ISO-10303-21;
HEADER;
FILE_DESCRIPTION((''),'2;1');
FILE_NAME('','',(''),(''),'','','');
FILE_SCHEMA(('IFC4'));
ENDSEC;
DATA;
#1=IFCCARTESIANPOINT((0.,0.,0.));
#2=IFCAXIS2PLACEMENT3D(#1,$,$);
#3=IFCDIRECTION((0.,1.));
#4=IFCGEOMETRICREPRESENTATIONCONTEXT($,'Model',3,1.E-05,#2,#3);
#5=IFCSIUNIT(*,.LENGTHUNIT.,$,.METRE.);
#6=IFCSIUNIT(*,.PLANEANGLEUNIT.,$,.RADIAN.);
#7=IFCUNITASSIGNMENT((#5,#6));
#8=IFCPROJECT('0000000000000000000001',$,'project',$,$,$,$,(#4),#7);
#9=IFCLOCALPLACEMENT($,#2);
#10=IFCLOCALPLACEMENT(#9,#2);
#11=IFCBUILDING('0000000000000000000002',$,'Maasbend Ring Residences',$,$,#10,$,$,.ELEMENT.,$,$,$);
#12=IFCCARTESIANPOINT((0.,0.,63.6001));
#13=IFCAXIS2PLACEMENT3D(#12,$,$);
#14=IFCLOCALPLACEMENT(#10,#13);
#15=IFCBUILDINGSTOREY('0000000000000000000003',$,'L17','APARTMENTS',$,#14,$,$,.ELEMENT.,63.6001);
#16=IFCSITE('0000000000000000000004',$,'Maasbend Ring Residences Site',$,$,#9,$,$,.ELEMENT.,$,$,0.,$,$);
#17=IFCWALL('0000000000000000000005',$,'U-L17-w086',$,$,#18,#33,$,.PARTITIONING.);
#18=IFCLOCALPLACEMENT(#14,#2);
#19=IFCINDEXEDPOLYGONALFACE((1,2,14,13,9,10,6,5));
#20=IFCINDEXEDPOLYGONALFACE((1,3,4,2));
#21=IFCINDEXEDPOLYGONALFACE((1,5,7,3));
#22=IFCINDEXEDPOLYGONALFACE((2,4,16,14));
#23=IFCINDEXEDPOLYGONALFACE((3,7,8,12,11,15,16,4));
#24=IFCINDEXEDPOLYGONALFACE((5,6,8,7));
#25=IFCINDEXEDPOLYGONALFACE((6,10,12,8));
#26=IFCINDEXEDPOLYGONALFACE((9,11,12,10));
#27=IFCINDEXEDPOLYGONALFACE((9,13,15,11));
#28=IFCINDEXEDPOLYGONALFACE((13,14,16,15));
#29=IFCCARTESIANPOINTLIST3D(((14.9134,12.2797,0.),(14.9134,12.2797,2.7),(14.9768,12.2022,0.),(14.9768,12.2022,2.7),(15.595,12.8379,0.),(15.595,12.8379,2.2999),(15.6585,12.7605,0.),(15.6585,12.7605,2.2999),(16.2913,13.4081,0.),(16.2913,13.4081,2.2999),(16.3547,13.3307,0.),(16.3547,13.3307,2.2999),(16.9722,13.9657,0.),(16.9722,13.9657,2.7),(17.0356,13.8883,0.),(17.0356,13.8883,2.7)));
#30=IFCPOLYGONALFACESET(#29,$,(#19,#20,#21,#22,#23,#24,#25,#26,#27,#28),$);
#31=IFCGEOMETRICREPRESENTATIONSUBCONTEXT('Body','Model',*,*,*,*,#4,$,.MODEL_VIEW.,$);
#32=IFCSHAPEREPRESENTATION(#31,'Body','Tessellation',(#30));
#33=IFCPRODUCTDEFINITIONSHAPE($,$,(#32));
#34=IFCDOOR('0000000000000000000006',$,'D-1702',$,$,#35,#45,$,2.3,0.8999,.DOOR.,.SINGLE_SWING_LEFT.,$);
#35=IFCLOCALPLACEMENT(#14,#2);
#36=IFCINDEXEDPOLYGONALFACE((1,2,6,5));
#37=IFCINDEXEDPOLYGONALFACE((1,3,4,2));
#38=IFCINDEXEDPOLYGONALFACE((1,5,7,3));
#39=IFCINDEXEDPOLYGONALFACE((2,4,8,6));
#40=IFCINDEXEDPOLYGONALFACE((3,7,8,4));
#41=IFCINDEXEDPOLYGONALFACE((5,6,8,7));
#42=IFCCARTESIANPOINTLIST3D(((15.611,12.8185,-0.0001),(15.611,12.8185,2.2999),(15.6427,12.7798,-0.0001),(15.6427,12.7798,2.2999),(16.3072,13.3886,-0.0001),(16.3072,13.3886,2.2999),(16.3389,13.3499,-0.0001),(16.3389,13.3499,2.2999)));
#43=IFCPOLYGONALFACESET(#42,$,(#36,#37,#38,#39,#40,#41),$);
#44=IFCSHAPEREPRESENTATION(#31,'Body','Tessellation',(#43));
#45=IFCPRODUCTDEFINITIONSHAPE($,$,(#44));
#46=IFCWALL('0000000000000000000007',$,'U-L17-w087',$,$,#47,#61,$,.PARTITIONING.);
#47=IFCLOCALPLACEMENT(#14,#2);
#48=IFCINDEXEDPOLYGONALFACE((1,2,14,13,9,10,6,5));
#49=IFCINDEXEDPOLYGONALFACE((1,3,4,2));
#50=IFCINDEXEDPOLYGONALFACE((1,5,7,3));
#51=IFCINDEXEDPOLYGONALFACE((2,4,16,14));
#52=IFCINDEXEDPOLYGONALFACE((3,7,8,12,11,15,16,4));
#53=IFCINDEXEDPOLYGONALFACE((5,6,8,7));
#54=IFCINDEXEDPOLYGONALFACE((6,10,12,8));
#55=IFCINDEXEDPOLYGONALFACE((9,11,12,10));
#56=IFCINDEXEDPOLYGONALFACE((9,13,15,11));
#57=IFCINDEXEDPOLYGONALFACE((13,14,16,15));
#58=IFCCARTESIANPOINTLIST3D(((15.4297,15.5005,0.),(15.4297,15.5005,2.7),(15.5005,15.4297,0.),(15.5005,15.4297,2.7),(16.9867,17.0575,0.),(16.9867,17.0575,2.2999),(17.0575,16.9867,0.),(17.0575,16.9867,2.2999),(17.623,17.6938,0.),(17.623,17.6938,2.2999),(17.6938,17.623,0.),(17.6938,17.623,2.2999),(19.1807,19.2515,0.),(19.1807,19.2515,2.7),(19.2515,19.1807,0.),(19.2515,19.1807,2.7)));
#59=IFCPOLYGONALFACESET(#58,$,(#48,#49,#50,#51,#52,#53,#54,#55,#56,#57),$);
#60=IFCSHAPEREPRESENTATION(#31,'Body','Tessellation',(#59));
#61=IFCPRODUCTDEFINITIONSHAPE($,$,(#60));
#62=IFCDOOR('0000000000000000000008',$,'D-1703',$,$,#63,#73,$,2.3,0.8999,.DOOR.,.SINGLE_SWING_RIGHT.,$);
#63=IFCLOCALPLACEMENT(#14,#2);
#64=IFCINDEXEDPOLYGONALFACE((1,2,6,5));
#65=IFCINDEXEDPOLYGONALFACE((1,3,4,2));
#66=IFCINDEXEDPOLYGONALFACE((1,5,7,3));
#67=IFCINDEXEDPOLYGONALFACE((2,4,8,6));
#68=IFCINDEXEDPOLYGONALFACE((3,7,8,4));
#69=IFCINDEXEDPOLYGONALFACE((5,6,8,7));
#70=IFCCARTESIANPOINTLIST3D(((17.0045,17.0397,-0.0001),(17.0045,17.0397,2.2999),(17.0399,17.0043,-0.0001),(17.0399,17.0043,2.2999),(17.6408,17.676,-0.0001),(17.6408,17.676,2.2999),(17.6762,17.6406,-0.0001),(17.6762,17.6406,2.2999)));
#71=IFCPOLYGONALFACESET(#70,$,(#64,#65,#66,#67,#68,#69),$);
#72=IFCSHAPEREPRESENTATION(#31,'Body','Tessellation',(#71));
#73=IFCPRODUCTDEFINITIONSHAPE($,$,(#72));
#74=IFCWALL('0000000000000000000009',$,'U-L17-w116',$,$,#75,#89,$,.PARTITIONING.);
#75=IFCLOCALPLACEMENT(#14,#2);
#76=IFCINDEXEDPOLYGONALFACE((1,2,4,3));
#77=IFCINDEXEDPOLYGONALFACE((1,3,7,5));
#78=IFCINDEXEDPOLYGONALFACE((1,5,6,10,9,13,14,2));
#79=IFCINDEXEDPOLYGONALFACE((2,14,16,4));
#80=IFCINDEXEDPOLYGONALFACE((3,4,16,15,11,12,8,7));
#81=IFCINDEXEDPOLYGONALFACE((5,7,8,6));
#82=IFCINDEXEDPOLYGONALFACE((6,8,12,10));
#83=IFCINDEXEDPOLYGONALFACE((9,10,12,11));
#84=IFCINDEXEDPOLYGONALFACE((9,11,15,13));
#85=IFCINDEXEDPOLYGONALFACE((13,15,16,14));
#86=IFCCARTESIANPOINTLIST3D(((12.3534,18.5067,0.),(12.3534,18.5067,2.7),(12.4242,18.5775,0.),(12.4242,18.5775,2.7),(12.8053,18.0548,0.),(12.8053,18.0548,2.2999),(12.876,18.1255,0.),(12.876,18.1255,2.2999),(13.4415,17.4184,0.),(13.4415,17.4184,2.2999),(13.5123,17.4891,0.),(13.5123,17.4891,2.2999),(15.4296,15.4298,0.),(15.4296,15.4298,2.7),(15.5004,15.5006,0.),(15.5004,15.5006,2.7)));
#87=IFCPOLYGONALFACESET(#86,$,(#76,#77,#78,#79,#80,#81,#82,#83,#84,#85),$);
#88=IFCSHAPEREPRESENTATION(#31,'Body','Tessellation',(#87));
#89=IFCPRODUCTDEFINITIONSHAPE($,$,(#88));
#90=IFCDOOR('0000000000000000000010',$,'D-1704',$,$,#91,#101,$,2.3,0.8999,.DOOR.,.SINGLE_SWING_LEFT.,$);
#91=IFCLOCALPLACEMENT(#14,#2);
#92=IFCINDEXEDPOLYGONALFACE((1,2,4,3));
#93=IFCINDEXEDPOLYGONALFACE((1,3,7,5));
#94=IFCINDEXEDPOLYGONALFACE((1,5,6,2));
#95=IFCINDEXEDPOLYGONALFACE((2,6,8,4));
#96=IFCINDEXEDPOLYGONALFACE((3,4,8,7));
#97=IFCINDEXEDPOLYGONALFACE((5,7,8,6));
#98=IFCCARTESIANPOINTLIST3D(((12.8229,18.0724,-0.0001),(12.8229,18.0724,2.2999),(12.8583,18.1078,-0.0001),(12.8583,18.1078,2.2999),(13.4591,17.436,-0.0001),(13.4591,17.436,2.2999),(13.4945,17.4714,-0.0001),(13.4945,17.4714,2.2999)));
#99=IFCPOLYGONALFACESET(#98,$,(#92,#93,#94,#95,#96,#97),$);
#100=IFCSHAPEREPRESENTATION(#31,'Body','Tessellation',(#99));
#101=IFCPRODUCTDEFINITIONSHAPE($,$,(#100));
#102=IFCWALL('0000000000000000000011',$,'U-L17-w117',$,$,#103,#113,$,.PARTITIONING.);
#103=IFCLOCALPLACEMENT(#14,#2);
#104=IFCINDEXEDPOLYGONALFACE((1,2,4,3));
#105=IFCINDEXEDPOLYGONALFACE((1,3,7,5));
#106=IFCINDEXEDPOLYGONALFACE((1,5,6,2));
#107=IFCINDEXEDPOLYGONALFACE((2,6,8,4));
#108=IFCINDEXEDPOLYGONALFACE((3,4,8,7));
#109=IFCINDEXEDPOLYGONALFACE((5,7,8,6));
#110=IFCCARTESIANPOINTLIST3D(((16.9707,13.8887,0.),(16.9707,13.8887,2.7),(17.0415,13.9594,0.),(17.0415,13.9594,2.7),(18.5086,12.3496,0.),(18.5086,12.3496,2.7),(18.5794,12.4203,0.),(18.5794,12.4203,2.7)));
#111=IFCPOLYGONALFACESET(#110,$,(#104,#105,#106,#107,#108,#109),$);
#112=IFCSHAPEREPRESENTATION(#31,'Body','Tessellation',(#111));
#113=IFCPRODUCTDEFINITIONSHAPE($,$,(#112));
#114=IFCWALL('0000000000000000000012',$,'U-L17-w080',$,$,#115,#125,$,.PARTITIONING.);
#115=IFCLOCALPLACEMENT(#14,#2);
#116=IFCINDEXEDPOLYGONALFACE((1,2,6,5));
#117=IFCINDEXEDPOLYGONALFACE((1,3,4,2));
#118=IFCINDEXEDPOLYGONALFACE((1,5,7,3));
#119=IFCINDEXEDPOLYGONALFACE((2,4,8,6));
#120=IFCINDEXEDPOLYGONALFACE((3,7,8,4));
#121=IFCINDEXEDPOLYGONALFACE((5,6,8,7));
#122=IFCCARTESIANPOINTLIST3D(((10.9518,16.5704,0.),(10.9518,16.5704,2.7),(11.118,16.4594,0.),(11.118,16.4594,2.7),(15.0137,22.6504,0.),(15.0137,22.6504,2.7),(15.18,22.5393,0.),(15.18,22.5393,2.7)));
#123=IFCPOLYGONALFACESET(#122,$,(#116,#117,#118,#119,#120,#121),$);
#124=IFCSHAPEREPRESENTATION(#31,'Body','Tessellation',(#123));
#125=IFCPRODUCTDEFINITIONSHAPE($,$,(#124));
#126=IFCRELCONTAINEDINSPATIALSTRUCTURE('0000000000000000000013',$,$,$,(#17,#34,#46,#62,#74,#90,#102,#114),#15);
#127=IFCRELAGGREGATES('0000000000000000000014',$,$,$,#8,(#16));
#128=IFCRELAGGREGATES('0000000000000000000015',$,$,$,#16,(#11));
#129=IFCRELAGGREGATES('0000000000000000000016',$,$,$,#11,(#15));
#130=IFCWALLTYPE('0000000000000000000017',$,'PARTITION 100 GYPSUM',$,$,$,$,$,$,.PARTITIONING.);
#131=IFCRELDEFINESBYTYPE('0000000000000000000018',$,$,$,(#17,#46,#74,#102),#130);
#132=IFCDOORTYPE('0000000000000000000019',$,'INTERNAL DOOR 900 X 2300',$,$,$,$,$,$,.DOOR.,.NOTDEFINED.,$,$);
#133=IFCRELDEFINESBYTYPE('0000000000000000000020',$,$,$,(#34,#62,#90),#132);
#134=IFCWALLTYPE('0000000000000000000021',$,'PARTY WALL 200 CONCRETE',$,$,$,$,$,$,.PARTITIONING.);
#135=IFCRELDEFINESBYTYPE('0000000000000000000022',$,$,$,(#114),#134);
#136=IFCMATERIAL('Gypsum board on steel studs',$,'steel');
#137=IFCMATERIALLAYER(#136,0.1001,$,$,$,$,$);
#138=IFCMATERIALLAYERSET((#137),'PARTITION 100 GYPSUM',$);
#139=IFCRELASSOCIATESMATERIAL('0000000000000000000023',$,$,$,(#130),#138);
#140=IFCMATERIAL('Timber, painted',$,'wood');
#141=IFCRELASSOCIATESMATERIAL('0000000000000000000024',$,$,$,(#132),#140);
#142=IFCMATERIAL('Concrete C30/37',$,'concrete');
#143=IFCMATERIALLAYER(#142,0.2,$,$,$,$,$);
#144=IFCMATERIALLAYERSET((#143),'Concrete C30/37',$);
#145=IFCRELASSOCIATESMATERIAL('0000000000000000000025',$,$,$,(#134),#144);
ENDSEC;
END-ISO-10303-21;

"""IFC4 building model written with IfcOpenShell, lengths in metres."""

from ifc_helpers import new_model, si_unit, direction, frame, frame_2d, origin, place, context, subcontext, project, spatial, rectangle, extrude, material, layer, layer_set, type_object, element, fill, save


model = new_model("IFC4")

# Units and contexts
model_context = context("Model", 3, precision=1e-05, world=origin(), true_north=direction((0.0, 1.0)))
body_context = subcontext(model_context, "Body", "Model", "MODEL_VIEW")
ifc_project = project(units=[si_unit("LENGTHUNIT", "METRE"), si_unit("PLANEANGLEUNIT", "RADIAN")], contexts=[model_context])

# Site, building, storey
site_placement = place(None, origin())
site = spatial("IfcSite", under=ifc_project, at=site_placement, Name="Maasbend Ring Residences Site", CompositionType="ELEMENT", RefElevation=0.0)
building_placement = place(site_placement, origin())
building = spatial("IfcBuilding", under=site, at=building_placement, Name="Maasbend Ring Residences", CompositionType="ELEMENT")
storey_placement = place(building_placement, frame((0.0, 0.0, 63.6001)))
storey = spatial("IfcBuildingStorey", under=building, at=storey_placement, Name="L17", Description="APARTMENTS", CompositionType="ELEMENT", Elevation=63.6001)

# Shared definitions
ifc_material_1 = material(Name="Gypsum board on steel studs", Category="steel")
ifc_layer_1 = layer(ifc_material_1, 0.1001)
ifc_layer_set_1 = layer_set([ifc_layer_1], Name="PARTITION 100 GYPSUM")
wall_type_1 = type_object("IfcWallType", Name="PARTITION 100 GYPSUM", PredefinedType="PARTITIONING", material=ifc_layer_set_1)

# Walls, openings, doors
wall_1_placement = place(storey_placement, frame((14.9451, 12.241, 0.0), z_axis=(0.0, 0.0, 1.0), x_axis=(0.773675, 0.633582, 0.0)))
wall_1 = element("IfcWall", 1, at=wall_1_placement, inside=storey, type_object=wall_type_1, Name="U-L17-w086", PredefinedType="PARTITIONING", context=body_context, shape_type="SweptSolid", body=[
    extrude(rectangle(XDim=2.6611, YDim=0.1001, at=frame_2d((1.3306, 0.0))), origin(), (0.0, 0.0, 1.0), 2.7),
])
opening_1_placement = place(wall_1_placement, frame((0.8811, 0.0, 0.0)))
opening_1 = element("IfcOpeningElement", 2, at=opening_1_placement, cuts=wall_1, PredefinedType="OPENING", context=body_context, shape_type="SweptSolid", body=[
    extrude(rectangle(XDim=0.8999, YDim=2.3, at=frame_2d((0.45, 1.1499))), frame((0.0, 0.0601, 0.0), z_axis=(0.0, -1.0, 0.0), x_axis=(1.0, 0.0, 0.0)), (0.0, 0.0, 1.0), 0.1201),
])
ifc_material_2 = material(Name="Timber, painted", Category="wood")
door_type_1 = type_object("IfcDoorType", Name="INTERNAL DOOR 900 X 2300", OperationType="NOTDEFINED", PredefinedType="DOOR", material=ifc_material_2)
door_1_placement = place(opening_1_placement, origin())
door_1 = element("IfcDoor", 3, at=door_1_placement, inside=storey, type_object=door_type_1, Name="D-1702", OperationType="SINGLE_SWING_LEFT", OverallHeight=2.3, OverallWidth=0.8999, PredefinedType="DOOR", context=body_context, shape_type="SweptSolid", body=[
    extrude(rectangle(XDim=0.8999, YDim=2.3, at=frame_2d((0.45, 1.1499))), frame((0.0, 0.0249, 0.0), z_axis=(0.0, -1.0, 0.0), x_axis=(1.0, 0.0, 0.0)), (0.0, 0.0, 1.0), 0.05),
])
fill(opening_1, door_1)
wall_2_placement = place(storey_placement, frame((15.4651, 15.4651, 0.0), z_axis=(0.0, 0.0, 1.0), x_axis=(0.707107, 0.707107, 0.0)))
wall_2 = element("IfcWall", 4, at=wall_2_placement, inside=storey, type_object=wall_type_1, Name="U-L17-w087", PredefinedType="PARTITIONING", context=body_context, shape_type="SweptSolid", body=[
    extrude(rectangle(XDim=5.3047, YDim=0.1001, at=frame_2d((2.6523, 0.0))), origin(), (0.0, 0.0, 1.0), 2.7),
])
opening_2_placement = place(wall_2_placement, frame((2.2019, 0.0, 0.0)))
opening_2 = element("IfcOpeningElement", 5, at=opening_2_placement, cuts=wall_2, PredefinedType="OPENING", context=body_context, shape_type="SweptSolid", body=[
    extrude(rectangle(XDim=0.8999, YDim=2.3, at=frame_2d((0.45, 1.1499))), frame((0.0, 0.0601, 0.0), z_axis=(0.0, -1.0, 0.0), x_axis=(1.0, 0.0, 0.0)), (0.0, 0.0, 1.0), 0.1201),
])
door_2_placement = place(opening_2_placement, origin())
door_2 = element("IfcDoor", 6, at=door_2_placement, inside=storey, type_object=door_type_1, Name="D-1703", OperationType="SINGLE_SWING_RIGHT", OverallHeight=2.3, OverallWidth=0.8999, PredefinedType="DOOR", context=body_context, shape_type="SweptSolid", body=[
    extrude(rectangle(XDim=0.8999, YDim=2.3, at=frame_2d((0.45, 1.1499))), frame((0.0, 0.0249, 0.0), z_axis=(0.0, -1.0, 0.0), x_axis=(1.0, 0.0, 0.0)), (0.0, 0.0, 1.0), 0.05),
])
fill(opening_2, door_2)
wall_3_placement = place(storey_placement, frame((12.3889, 18.542, 0.0), z_axis=(0.0, 0.0, 1.0), x_axis=(0.707023, -0.707191, 0.0)))
wall_3 = element("IfcWall", 7, at=wall_3_placement, inside=storey, type_object=wall_type_1, Name="U-L17-w116", PredefinedType="PARTITIONING", context=body_context, shape_type="SweptSolid", body=[
    extrude(rectangle(XDim=4.3508, YDim=0.1001, at=frame_2d((2.1753, 0.0))), origin(), (0.0, 0.0, 1.0), 2.7),
])
opening_3_placement = place(wall_3_placement, frame((0.6389, 0.0, 0.0)))
opening_3 = element("IfcOpeningElement", 8, at=opening_3_placement, cuts=wall_3, PredefinedType="OPENING", context=body_context, shape_type="SweptSolid", body=[
    extrude(rectangle(XDim=0.8999, YDim=2.3, at=frame_2d((0.45, 1.1499))), frame((0.0, 0.0601, 0.0), z_axis=(0.0, -1.0, 0.0), x_axis=(1.0, 0.0, 0.0)), (0.0, 0.0, 1.0), 0.1201),
])
door_3_placement = place(opening_3_placement, origin())
door_3 = element("IfcDoor", 9, at=door_3_placement, inside=storey, type_object=door_type_1, Name="D-1704", OperationType="SINGLE_SWING_LEFT", OverallHeight=2.3, OverallWidth=0.8999, PredefinedType="DOOR", context=body_context, shape_type="SweptSolid", body=[
    extrude(rectangle(XDim=0.8999, YDim=2.3, at=frame_2d((0.45, 1.1499))), frame((0.0, 0.0249, 0.0), z_axis=(0.0, -1.0, 0.0), x_axis=(1.0, 0.0, 0.0)), (0.0, 0.0, 1.0), 0.05),
])
fill(opening_3, door_3)

# Walls
wall_4_placement = place(storey_placement, frame((17.0061, 13.9241, 0.0), z_axis=(0.0, 0.0, 1.0), x_axis=(0.706826, -0.707387, 0.0)))
element("IfcWall", 10, at=wall_4_placement, inside=storey, type_object=wall_type_1, Name="U-L17-w117", PredefinedType="PARTITIONING", context=body_context, shape_type="SweptSolid", body=[
    extrude(rectangle(XDim=2.1758, YDim=0.1001, at=frame_2d((1.0879, 0.0))), origin(), (0.0, 0.0, 1.0), 2.7),
])
ifc_material_3 = material(Name="Concrete C30/37", Category="concrete")
ifc_layer_2 = layer(ifc_material_3, 0.2)
ifc_layer_set_2 = layer_set([ifc_layer_2], Name="Concrete C30/37")
wall_type_2 = type_object("IfcWallType", Name="PARTY WALL 200 CONCRETE", PredefinedType="PARTITIONING", material=ifc_layer_set_2)
wall_5_placement = place(storey_placement, frame((11.0349, 16.5149, 0.0), z_axis=(0.0, 0.0, 1.0), x_axis=(0.555517, 0.831505, 0.0)))
element("IfcWall", 11, at=wall_5_placement, inside=storey, type_object=wall_type_2, Name="U-L17-w080", PredefinedType="PARTITIONING", context=body_context, shape_type="SweptSolid", body=[
    extrude(rectangle(XDim=7.312, YDim=0.2, at=frame_2d((3.656, 0.0))), origin(), (0.0, 0.0, 1.0), 2.7),
])

save(model, "model.ifc")
